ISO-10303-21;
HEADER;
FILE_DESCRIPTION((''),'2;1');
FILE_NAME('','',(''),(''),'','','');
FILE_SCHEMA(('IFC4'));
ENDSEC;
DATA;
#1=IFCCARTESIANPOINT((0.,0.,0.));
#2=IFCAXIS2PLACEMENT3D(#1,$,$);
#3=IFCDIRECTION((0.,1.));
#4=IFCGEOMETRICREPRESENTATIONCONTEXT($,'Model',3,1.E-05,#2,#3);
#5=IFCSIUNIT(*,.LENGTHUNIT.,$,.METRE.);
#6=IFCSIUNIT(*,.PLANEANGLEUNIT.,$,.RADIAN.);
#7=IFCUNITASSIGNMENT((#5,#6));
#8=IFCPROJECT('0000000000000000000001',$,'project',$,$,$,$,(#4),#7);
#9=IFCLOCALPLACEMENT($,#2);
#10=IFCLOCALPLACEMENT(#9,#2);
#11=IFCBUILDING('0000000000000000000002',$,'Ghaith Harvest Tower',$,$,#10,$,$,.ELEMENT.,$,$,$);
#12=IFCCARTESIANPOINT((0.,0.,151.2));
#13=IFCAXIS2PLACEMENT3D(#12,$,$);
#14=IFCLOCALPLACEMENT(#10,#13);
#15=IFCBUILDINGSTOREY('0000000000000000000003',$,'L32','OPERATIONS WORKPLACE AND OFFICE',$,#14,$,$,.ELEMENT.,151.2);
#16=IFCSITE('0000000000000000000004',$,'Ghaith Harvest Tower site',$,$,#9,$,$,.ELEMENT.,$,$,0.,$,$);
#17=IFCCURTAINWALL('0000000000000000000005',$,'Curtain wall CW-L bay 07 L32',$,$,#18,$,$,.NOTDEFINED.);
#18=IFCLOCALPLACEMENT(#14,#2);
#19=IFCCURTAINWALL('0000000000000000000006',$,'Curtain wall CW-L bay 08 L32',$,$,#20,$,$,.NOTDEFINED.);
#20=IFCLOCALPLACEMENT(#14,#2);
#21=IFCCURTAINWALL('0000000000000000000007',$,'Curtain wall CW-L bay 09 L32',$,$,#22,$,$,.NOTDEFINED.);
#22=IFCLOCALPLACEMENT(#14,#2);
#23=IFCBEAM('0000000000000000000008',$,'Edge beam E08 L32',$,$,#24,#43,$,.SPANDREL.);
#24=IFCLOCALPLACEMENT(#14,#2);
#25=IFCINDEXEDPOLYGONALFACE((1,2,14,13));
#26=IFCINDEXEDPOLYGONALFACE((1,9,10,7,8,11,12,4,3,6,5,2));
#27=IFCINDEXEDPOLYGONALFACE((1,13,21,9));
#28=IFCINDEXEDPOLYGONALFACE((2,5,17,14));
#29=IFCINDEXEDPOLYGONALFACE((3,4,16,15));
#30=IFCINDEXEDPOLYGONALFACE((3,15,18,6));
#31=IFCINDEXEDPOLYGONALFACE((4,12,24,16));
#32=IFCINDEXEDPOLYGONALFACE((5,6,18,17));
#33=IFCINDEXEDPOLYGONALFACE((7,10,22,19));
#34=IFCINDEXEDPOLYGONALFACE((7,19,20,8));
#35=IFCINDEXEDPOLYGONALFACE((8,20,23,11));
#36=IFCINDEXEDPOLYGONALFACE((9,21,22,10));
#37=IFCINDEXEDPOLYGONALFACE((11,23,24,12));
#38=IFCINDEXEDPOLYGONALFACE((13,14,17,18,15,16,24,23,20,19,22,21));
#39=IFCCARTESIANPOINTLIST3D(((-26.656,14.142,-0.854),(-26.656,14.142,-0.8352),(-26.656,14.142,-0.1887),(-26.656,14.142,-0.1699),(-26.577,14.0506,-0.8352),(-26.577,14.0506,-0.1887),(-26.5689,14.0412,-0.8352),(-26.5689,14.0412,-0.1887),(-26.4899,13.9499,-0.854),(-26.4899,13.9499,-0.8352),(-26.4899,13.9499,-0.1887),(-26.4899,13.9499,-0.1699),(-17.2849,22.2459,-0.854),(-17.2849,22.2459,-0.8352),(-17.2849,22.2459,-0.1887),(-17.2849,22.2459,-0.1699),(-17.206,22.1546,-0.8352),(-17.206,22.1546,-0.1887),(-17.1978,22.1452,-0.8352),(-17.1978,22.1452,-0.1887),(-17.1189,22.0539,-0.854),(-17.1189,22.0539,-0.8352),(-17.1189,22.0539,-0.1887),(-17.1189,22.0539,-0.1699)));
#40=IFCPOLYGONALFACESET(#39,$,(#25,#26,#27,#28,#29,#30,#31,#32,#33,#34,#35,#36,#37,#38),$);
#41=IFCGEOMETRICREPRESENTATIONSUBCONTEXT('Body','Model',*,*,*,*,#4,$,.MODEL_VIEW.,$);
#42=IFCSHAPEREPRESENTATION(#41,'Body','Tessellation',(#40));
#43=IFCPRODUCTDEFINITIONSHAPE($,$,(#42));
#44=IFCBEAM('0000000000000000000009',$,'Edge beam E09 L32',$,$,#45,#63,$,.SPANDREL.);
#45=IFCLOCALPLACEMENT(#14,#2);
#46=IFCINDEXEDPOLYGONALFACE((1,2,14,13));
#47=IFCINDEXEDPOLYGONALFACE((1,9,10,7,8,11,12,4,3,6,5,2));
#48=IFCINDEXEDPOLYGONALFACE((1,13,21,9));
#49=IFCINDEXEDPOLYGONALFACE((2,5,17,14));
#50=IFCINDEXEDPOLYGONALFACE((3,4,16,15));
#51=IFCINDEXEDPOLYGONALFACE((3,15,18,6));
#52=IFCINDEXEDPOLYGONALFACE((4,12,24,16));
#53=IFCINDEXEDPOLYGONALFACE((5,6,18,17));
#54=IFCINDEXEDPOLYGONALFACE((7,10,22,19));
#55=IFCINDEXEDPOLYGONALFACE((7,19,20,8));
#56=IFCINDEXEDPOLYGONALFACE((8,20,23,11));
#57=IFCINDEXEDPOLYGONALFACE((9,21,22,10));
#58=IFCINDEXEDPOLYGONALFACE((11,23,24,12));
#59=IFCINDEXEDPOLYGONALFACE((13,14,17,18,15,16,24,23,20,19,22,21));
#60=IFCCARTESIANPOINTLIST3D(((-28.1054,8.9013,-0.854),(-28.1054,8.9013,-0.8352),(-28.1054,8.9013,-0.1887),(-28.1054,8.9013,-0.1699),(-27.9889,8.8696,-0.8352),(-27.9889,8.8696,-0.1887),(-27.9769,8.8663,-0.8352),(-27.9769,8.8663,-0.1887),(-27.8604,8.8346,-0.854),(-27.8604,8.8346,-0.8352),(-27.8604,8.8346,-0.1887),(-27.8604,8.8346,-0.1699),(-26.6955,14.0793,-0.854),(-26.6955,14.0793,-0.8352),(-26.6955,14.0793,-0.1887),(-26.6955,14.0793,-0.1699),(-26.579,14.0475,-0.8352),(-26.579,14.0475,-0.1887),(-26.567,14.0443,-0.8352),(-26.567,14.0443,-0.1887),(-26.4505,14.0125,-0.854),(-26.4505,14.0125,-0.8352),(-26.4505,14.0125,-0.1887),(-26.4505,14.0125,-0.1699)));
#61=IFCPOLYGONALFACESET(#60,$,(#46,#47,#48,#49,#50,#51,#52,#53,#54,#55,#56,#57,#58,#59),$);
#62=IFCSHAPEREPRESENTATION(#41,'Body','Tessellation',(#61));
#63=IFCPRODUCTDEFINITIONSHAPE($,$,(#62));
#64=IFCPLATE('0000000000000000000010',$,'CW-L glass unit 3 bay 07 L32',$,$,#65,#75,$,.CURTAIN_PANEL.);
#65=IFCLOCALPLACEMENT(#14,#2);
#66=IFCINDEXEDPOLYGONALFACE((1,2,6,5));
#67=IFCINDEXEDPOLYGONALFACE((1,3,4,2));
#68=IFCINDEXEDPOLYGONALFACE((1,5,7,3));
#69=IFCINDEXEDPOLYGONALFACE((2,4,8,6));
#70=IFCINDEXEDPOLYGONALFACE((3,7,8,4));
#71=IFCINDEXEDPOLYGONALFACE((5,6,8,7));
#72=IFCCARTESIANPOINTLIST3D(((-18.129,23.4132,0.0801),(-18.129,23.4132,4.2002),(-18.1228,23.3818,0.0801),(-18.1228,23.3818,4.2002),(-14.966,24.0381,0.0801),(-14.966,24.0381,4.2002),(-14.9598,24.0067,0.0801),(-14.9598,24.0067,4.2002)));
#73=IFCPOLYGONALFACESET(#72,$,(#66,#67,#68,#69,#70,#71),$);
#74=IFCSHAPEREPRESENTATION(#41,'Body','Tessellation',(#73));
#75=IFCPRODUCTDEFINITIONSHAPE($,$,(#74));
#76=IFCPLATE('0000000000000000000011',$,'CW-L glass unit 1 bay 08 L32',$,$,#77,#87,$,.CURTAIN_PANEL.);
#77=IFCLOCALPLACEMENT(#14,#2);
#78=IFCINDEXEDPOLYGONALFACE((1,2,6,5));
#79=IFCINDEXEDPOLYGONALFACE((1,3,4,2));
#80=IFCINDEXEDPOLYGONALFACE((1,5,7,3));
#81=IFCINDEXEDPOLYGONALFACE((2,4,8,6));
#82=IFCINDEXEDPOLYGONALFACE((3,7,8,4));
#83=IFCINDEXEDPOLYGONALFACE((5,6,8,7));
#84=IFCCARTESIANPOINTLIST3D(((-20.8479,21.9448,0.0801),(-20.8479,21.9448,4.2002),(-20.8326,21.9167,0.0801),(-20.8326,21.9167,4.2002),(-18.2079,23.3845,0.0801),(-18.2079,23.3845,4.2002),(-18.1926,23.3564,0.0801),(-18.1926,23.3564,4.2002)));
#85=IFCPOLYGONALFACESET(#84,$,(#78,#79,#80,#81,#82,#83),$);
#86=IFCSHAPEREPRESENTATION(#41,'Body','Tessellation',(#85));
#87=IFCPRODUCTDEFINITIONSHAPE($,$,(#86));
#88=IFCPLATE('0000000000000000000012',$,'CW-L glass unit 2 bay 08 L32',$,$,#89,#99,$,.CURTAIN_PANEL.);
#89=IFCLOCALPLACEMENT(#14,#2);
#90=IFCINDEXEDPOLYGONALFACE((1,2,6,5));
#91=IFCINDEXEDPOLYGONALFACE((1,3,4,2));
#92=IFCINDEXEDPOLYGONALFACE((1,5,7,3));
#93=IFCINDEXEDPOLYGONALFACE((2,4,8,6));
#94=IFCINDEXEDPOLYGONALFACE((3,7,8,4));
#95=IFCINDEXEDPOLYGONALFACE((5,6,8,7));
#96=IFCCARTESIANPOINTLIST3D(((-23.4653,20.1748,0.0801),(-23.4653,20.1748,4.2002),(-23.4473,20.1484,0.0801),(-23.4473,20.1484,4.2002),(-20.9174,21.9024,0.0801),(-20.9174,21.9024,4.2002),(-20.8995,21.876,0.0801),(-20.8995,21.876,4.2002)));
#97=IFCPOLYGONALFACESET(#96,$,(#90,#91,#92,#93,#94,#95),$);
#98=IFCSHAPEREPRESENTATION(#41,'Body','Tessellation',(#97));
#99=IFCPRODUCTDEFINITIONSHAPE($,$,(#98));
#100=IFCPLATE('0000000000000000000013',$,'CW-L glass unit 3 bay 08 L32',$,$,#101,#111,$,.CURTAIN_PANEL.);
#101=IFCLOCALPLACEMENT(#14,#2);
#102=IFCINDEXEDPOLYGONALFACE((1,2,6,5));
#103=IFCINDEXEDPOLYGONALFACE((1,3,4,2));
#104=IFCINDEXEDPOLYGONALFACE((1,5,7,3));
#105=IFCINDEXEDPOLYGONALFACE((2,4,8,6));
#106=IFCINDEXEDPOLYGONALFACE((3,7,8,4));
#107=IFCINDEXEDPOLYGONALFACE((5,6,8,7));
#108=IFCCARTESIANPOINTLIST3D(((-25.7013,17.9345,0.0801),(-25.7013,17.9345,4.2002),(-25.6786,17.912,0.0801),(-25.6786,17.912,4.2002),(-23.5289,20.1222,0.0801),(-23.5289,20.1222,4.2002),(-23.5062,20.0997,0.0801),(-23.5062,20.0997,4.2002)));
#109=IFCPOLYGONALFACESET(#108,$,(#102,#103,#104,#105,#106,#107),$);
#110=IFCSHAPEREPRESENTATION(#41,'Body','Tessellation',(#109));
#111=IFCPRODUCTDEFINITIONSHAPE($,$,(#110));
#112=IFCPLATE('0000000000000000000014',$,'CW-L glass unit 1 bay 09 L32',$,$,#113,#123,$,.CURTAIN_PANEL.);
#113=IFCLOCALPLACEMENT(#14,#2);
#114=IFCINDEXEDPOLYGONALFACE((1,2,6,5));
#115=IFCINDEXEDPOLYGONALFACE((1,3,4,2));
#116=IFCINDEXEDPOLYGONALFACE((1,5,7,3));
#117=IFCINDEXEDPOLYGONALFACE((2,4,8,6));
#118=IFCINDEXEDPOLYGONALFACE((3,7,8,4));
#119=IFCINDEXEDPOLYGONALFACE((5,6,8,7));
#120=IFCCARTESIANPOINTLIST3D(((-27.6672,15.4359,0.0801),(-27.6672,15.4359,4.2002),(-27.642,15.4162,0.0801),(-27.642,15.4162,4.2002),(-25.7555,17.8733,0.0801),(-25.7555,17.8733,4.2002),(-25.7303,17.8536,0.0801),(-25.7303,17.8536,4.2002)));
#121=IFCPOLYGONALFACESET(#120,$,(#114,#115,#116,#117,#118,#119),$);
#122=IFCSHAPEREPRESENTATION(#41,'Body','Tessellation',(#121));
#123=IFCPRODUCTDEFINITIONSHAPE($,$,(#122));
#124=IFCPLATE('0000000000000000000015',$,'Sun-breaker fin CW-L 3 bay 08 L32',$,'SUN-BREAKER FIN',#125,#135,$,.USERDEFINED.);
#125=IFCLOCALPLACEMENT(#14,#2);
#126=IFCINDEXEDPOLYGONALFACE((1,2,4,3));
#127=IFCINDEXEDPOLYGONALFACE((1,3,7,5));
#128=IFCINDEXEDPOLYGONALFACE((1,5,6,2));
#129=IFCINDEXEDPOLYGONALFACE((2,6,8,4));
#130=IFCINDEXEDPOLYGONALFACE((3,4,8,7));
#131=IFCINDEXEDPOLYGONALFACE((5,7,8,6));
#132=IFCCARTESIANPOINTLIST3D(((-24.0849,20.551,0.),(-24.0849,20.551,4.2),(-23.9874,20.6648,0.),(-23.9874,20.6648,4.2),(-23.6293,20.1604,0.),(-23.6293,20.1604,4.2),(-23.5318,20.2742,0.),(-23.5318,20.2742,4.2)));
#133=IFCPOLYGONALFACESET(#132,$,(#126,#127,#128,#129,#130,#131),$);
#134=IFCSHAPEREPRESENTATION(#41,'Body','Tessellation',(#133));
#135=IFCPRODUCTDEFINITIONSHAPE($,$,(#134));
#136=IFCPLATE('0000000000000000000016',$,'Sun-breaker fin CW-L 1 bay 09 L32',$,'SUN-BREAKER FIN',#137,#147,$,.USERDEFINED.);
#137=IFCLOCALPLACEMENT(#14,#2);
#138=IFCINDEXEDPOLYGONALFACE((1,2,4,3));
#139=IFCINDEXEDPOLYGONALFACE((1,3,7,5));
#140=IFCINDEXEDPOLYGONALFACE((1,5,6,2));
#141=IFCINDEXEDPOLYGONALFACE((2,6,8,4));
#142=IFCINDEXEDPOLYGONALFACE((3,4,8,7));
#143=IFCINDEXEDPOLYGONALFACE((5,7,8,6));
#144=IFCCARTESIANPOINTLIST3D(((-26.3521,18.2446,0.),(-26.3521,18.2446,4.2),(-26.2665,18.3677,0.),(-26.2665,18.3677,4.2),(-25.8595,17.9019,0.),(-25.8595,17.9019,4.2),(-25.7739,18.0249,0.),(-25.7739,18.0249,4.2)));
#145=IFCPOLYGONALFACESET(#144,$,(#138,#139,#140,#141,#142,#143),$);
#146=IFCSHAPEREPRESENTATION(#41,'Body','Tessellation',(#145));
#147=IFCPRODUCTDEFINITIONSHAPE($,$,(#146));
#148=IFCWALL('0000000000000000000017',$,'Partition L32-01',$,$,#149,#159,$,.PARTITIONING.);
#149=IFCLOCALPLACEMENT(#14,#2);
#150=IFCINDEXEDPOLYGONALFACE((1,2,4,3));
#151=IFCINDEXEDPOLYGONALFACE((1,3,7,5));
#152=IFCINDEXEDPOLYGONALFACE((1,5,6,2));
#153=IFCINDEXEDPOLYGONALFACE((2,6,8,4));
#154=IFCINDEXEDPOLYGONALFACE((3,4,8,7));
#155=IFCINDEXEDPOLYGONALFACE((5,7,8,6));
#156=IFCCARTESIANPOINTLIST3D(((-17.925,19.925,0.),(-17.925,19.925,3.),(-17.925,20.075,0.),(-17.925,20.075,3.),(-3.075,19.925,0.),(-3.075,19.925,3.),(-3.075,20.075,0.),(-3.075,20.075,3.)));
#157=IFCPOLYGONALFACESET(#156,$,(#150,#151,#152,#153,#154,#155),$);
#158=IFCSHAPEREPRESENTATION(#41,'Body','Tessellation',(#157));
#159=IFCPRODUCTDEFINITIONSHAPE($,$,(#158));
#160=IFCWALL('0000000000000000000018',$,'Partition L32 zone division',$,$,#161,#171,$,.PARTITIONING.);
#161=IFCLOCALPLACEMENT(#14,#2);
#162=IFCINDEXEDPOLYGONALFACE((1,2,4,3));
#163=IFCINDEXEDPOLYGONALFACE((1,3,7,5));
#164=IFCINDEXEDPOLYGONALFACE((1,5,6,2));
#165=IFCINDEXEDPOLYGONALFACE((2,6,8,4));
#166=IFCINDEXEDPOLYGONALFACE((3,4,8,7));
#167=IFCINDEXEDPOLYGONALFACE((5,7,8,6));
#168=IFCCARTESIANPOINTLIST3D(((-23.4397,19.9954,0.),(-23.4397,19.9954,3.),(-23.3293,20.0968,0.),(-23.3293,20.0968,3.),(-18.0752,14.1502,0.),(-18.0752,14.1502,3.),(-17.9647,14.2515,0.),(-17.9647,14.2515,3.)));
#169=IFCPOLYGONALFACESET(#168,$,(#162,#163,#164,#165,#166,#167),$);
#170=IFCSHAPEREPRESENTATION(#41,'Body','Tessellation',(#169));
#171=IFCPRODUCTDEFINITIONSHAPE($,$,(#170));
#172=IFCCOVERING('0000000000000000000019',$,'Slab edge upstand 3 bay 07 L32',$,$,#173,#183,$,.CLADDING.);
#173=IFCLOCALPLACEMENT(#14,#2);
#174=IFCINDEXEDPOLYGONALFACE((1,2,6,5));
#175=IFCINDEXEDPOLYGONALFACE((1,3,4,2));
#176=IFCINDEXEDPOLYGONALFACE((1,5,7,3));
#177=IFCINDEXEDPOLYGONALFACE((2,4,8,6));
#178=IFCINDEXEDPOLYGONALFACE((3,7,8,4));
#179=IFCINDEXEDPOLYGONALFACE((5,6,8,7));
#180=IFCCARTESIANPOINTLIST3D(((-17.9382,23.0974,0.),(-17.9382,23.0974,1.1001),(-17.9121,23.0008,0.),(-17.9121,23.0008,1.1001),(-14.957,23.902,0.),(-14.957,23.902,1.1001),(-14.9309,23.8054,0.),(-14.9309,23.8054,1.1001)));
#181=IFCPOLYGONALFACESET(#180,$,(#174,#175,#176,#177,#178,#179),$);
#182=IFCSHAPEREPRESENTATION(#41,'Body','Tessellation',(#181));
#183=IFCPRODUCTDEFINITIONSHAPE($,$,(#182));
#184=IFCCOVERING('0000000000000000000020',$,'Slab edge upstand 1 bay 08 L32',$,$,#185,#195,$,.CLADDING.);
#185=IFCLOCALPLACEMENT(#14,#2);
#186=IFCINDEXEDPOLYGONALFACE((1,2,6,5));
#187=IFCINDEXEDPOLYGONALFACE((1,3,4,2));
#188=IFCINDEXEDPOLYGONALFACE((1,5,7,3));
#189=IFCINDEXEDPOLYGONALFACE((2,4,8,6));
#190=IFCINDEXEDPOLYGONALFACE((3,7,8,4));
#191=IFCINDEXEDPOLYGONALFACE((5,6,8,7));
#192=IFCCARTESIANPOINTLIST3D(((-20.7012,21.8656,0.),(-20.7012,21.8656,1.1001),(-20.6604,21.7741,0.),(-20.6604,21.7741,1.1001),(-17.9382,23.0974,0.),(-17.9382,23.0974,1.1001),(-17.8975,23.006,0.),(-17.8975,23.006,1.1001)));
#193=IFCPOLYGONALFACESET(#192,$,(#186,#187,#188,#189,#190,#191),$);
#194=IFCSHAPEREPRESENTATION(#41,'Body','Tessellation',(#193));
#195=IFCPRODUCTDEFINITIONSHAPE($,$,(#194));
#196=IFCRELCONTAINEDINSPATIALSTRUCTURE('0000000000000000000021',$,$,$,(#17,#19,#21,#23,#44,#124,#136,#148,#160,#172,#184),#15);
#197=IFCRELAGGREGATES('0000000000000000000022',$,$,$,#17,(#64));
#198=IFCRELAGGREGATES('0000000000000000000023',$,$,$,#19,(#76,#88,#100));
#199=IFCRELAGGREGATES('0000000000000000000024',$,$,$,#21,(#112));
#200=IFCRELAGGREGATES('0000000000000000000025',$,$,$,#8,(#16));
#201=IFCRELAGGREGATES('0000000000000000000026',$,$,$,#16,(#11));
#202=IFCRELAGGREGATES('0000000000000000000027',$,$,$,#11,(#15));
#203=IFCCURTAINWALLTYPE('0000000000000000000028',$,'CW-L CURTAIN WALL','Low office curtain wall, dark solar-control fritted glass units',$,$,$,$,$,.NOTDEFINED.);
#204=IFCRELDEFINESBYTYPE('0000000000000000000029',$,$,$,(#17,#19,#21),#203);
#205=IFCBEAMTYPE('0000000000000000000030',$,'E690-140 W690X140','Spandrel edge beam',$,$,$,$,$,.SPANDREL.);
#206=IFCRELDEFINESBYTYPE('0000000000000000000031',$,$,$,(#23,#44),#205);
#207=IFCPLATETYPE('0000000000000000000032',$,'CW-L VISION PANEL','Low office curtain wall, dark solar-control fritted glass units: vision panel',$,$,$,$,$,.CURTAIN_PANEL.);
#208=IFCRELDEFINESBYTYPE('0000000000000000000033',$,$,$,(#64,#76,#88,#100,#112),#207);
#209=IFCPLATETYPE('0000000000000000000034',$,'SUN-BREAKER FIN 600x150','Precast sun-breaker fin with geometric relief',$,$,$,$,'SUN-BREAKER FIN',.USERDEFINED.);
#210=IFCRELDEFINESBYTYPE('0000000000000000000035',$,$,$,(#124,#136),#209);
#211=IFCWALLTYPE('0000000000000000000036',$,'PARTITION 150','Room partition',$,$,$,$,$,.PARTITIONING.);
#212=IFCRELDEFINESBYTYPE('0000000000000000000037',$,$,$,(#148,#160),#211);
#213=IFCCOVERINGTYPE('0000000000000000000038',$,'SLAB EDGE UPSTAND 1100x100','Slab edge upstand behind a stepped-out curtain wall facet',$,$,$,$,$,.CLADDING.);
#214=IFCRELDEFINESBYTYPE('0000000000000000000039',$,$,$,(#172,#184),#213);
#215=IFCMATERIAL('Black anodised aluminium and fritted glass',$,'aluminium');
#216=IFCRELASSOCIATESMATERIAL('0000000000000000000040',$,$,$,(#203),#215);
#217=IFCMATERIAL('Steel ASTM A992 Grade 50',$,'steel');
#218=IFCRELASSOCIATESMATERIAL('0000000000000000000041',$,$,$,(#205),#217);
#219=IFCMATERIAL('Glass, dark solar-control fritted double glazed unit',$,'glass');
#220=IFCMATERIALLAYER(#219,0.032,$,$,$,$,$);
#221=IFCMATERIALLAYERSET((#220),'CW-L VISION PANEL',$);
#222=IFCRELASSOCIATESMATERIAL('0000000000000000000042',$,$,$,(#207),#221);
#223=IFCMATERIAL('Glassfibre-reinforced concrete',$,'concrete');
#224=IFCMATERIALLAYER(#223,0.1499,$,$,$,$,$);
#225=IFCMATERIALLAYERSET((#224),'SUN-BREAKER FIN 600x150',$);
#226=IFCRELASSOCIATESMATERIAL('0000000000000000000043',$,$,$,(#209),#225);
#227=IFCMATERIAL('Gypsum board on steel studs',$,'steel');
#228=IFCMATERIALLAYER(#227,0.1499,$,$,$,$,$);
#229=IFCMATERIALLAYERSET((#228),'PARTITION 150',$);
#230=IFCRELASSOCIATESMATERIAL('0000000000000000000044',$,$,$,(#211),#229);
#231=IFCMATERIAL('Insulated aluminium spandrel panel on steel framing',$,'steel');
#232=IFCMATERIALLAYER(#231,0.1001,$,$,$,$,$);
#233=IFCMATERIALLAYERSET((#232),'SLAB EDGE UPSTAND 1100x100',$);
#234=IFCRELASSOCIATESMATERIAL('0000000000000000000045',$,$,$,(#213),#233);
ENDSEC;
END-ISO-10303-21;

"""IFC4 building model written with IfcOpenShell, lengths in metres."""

from ifc_helpers import new_model, si_unit, direction, frame, frame_2d, origin, origin_2d, place, context, subcontext, project, spatial, rectangle, i_section, extrude, material, layer, layer_set, material_profile, profile_set, type_object, element, aggregate, save


model = new_model("IFC4")

# Units and contexts
model_context = context("Model", 3, precision=1e-05, world=origin(), true_north=direction((0.0, 1.0)))
body_context = subcontext(model_context, "Body", "Model", "MODEL_VIEW")
ifc_project = project(units=[si_unit("LENGTHUNIT", "METRE"), si_unit("PLANEANGLEUNIT", "RADIAN")], contexts=[model_context])

# Site, building, storey
site_placement = place(None, origin())
site = spatial("IfcSite", under=ifc_project, at=site_placement, Name="Ghaith Harvest Tower site", CompositionType="ELEMENT", RefElevation=0.0)
building_placement = place(site_placement, origin())
building = spatial("IfcBuilding", under=site, at=building_placement, Name="Ghaith Harvest Tower", CompositionType="ELEMENT")
storey_placement = place(building_placement, frame((0.0, 0.0, 151.2)))
storey = spatial("IfcBuildingStorey", under=building, at=storey_placement, Name="L32", Description="OPERATIONS WORKPLACE AND OFFICE", CompositionType="ELEMENT", Elevation=151.2)

# Curtain wall
ifc_material_1 = material(Name="Black anodised aluminium and fritted glass", Category="aluminium")
curtain_wall_type = type_object("IfcCurtainWallType", Name="CW-L CURTAIN WALL", Description="Low office curtain wall, dark solar-control fritted glass units", PredefinedType="NOTDEFINED", material=ifc_material_1)
curtain_wall_1_placement = place(storey_placement, origin())
curtain_wall_1 = element("IfcCurtainWall", 1, at=curtain_wall_1_placement, inside=storey, type_object=curtain_wall_type, Name="Curtain wall CW-L bay 07 L32", PredefinedType="NOTDEFINED")

# Curtain walls
curtain_wall_2_placement = place(storey_placement, origin())
curtain_wall_2 = element("IfcCurtainWall", 2, at=curtain_wall_2_placement, inside=storey, type_object=curtain_wall_type, Name="Curtain wall CW-L bay 08 L32", PredefinedType="NOTDEFINED")
curtain_wall_3_placement = place(storey_placement, origin())
curtain_wall_3 = element("IfcCurtainWall", 3, at=curtain_wall_3_placement, inside=storey, type_object=curtain_wall_type, Name="Curtain wall CW-L bay 09 L32", PredefinedType="NOTDEFINED")

# Beams
ifc_material_2 = material(Name="Steel ASTM A992 Grade 50", Category="steel")
ifc_material_profile_1 = material_profile(ifc_material_2, i_section(OverallWidth=0.2539, OverallDepth=0.6841, WebThickness=0.0125, FlangeThickness=0.0188, at=origin_2d()), Name="W690X140")
ifc_profile_set_1 = profile_set([ifc_material_profile_1], Name="Steel ASTM A992 Grade 50")
beam_type = type_object("IfcBeamType", Name="E690-140 W690X140", Description="Spandrel edge beam", PredefinedType="SPANDREL", material=ifc_profile_set_1)
beam_1_placement = place(storey_placement, frame((-17.2019, 22.1499, -0.512), z_axis=(-0.756392, -0.654118, 0.0), x_axis=(0.654118, -0.756392, 0.0)))
element("IfcBeam", 4, at=beam_1_placement, inside=storey, type_object=beam_type, Name="Edge beam E08 L32", PredefinedType="SPANDREL", context=body_context, shape_type="SweptSolid", body=[
    extrude(i_section(OverallWidth=0.2539, OverallDepth=0.6841, WebThickness=0.0125, FlangeThickness=0.0188, at=origin_2d()), origin(), (0.0, 0.0, 1.0), 12.3892),
])
beam_2_placement = place(storey_placement, frame((-26.573, 14.0459, -0.512), z_axis=(-0.262725, -0.964871, 0.0), x_axis=(0.964871, -0.262725, 0.0)))
element("IfcBeam", 5, at=beam_2_placement, inside=storey, type_object=beam_type, Name="Edge beam E09 L32", PredefinedType="SPANDREL", context=body_context, shape_type="SweptSolid", body=[
    extrude(i_section(OverallWidth=0.2539, OverallDepth=0.6841, WebThickness=0.0125, FlangeThickness=0.0188, at=origin_2d()), origin(), (0.0, 0.0, 1.0), 5.3665),
])

# Plates
ifc_material_3 = material(Name="Glass, dark solar-control fritted double glazed unit", Category="glass")
ifc_layer_1 = layer(ifc_material_3, 0.032)
ifc_layer_set_1 = layer_set([ifc_layer_1], Name="CW-L VISION PANEL")
plate_type_1 = type_object("IfcPlateType", Name="CW-L VISION PANEL", Description="Low office curtain wall, dark solar-control fritted glass units: vision panel", PredefinedType="CURTAIN_PANEL", material=ifc_layer_set_1)
plate_1_placement = place(storey_placement, frame((-16.5444, 23.71, 0.0801), z_axis=(0.0, 0.0, 1.0), x_axis=(-0.981038, -0.193818, 0.0)))
plate_1 = element("IfcPlate", 6, at=plate_1_placement, type_object=plate_type_1, Name="CW-L glass unit 3 bay 07 L32", PredefinedType="CURTAIN_PANEL", context=body_context, shape_type="SweptSolid", body=[
    extrude(rectangle(XDim=3.2241, YDim=0.032, at=origin_2d()), origin(), (0.0, 0.0, 1.0), 4.1201),
])
aggregate(curtain_wall_1, [plate_1])
plate_2_placement = place(storey_placement, frame((-19.5203, 22.6506, 0.0801), z_axis=(0.0, 0.0, 1.0), x_axis=(-0.87794, -0.47877, 0.0)))
plate_2 = element("IfcPlate", 7, at=plate_2_placement, type_object=plate_type_1, Name="CW-L glass unit 1 bay 08 L32", PredefinedType="CURTAIN_PANEL", context=body_context, shape_type="SweptSolid", body=[
    extrude(rectangle(XDim=3.0071, YDim=0.032, at=origin_2d()), origin(), (0.0, 0.0, 1.0), 4.1201),
])
plate_3_placement = place(storey_placement, frame((-22.1824, 21.0254, 0.0801), z_axis=(0.0, 0.0, 1.0), x_axis=(-0.827675, -0.561208, 0.0)))
plate_3 = element("IfcPlate", 8, at=plate_3_placement, type_object=plate_type_1, Name="CW-L glass unit 2 bay 08 L32", PredefinedType="CURTAIN_PANEL", context=body_context, shape_type="SweptSolid", body=[
    extrude(rectangle(XDim=3.0784, YDim=0.032, at=origin_2d()), origin(), (0.0, 0.0, 1.0), 4.1201),
])
plate_4_placement = place(storey_placement, frame((-24.6038, 19.0171, 0.0801), z_axis=(0.0, 0.0, 1.0), x_axis=(-0.704614, -0.709591, 0.0)))
plate_4 = element("IfcPlate", 9, at=plate_4_placement, type_object=plate_type_1, Name="CW-L glass unit 3 bay 08 L32", PredefinedType="CURTAIN_PANEL", context=body_context, shape_type="SweptSolid", body=[
    extrude(rectangle(XDim=3.083, YDim=0.032, at=origin_2d()), origin(), (0.0, 0.0, 1.0), 4.1201),
])
aggregate(curtain_wall_2, [plate_2, plate_3, plate_4])
plate_5_placement = place(storey_placement, frame((-26.6987, 16.6448, 0.0801), z_axis=(0.0, 0.0, 1.0), x_axis=(-0.617141, -0.786853, 0.0)))
plate_5 = element("IfcPlate", 10, at=plate_5_placement, type_object=plate_type_1, Name="CW-L glass unit 1 bay 09 L32", PredefinedType="CURTAIN_PANEL", context=body_context, shape_type="SweptSolid", body=[
    extrude(rectangle(XDim=3.0977, YDim=0.032, at=origin_2d()), origin(), (0.0, 0.0, 1.0), 4.1201),
])
aggregate(curtain_wall_3, [plate_5])

# Plates
ifc_material_4 = material(Name="Glassfibre-reinforced concrete", Category="concrete")
ifc_layer_2 = layer(ifc_material_4, 0.1499)
ifc_layer_set_2 = layer_set([ifc_layer_2], Name="SUN-BREAKER FIN 600x150")
plate_type_2 = type_object("IfcPlateType", Name="SUN-BREAKER FIN 600x150", Description="Precast sun-breaker fin with geometric relief", ElementType="SUN-BREAKER FIN", PredefinedType="USERDEFINED", material=ifc_layer_set_2)
for number, where, z_axis, x_axis, name in (
    (11, (-23.8083, 20.4126, 0.0), (0.0, 0.0, 1.0), (-0.75917, 0.650893, 0.0), "Sun-breaker fin CW-L 3 bay 08 L32"),
    (12, (-26.063, 18.1348, 0.0), (0.0, 0.0, 1.0), (-0.820845, 0.57115, 0.0), "Sun-breaker fin CW-L 1 bay 09 L32"),
):
    element("IfcPlate", number, at=place(storey_placement, frame(where, z_axis=z_axis, x_axis=x_axis)), inside=storey, type_object=plate_type_2, Name=name, ObjectType="SUN-BREAKER FIN", PredefinedType="USERDEFINED", context=body_context, shape_type="SweptSolid", body=[
        extrude(rectangle(XDim=0.6001, YDim=0.1499, at=origin_2d()), origin(), (0.0, 0.0, 1.0), 4.2),
    ])

# Walls
ifc_material_5 = material(Name="Gypsum board on steel studs", Category="steel")
ifc_layer_3 = layer(ifc_material_5, 0.1499)
ifc_layer_set_3 = layer_set([ifc_layer_3], Name="PARTITION 150")
wall_type = type_object("IfcWallType", Name="PARTITION 150", Description="Room partition", PredefinedType="PARTITIONING", material=ifc_layer_set_3)
wall_1_placement = place(storey_placement, frame((-17.925, 20.0, 0.0), z_axis=(0.0, 0.0, 1.0), x_axis=(1.0, 0.0, 0.0)))
element("IfcWall", 13, at=wall_1_placement, inside=storey, type_object=wall_type, Name="Partition L32-01", PredefinedType="PARTITIONING", context=body_context, shape_type="SweptSolid", body=[
    extrude(rectangle(XDim=14.8501, YDim=0.1499, at=frame_2d((7.425, 0.0))), origin(), (0.0, 0.0, 1.0), 3.0),
])
wall_2_placement = place(storey_placement, frame((-18.02, 14.2009, 0.0), z_axis=(0.0, 0.0, 1.0), x_axis=(-0.676162, 0.736753, 0.0)))
element("IfcWall", 14, at=wall_2_placement, inside=storey, type_object=wall_type, Name="Partition L32 zone division", PredefinedType="PARTITIONING", context=body_context, shape_type="SweptSolid", body=[
    extrude(rectangle(XDim=7.9338, YDim=0.1499, at=frame_2d((3.9668, 0.0))), origin(), (0.0, 0.0, 1.0), 3.0),
])

# Coverings
ifc_material_6 = material(Name="Insulated aluminium spandrel panel on steel framing", Category="steel")
ifc_layer_4 = layer(ifc_material_6, 0.1001)
ifc_layer_set_4 = layer_set([ifc_layer_4], Name="SLAB EDGE UPSTAND 1100x100")
covering_type = type_object("IfcCoveringType", Name="SLAB EDGE UPSTAND 1100x100", Description="Slab edge upstand behind a stepped-out curtain wall facet", PredefinedType="CLADDING", material=ifc_layer_set_4)
covering_1_placement = place(storey_placement, frame((-16.4346, 23.4514, 0.0), z_axis=(0.0, 0.0, 1.0), x_axis=(-0.965455, -0.26057, 0.0)))
element("IfcCovering", 15, at=covering_1_placement, inside=storey, type_object=covering_type, Name="Slab edge upstand 3 bay 07 L32", PredefinedType="CLADDING", context=body_context, shape_type="SweptSolid", body=[
    extrude(rectangle(XDim=3.0879, YDim=0.1001, at=origin_2d()), origin(), (0.0, 0.0, 1.0), 1.1001),
])
covering_2_placement = place(storey_placement, frame((-19.2993, 22.4358, 0.0), z_axis=(0.0, 0.0, 1.0), x_axis=(-0.913335, -0.40721, 0.0)))
element("IfcCovering", 16, at=covering_2_placement, inside=storey, type_object=covering_type, Name="Slab edge upstand 1 bay 08 L32", PredefinedType="CLADDING", context=body_context, shape_type="SweptSolid", body=[
    extrude(rectangle(XDim=3.0251, YDim=0.1001, at=origin_2d()), origin(), (0.0, 0.0, 1.0), 1.1001),
])

save(model, "model.ifc")
